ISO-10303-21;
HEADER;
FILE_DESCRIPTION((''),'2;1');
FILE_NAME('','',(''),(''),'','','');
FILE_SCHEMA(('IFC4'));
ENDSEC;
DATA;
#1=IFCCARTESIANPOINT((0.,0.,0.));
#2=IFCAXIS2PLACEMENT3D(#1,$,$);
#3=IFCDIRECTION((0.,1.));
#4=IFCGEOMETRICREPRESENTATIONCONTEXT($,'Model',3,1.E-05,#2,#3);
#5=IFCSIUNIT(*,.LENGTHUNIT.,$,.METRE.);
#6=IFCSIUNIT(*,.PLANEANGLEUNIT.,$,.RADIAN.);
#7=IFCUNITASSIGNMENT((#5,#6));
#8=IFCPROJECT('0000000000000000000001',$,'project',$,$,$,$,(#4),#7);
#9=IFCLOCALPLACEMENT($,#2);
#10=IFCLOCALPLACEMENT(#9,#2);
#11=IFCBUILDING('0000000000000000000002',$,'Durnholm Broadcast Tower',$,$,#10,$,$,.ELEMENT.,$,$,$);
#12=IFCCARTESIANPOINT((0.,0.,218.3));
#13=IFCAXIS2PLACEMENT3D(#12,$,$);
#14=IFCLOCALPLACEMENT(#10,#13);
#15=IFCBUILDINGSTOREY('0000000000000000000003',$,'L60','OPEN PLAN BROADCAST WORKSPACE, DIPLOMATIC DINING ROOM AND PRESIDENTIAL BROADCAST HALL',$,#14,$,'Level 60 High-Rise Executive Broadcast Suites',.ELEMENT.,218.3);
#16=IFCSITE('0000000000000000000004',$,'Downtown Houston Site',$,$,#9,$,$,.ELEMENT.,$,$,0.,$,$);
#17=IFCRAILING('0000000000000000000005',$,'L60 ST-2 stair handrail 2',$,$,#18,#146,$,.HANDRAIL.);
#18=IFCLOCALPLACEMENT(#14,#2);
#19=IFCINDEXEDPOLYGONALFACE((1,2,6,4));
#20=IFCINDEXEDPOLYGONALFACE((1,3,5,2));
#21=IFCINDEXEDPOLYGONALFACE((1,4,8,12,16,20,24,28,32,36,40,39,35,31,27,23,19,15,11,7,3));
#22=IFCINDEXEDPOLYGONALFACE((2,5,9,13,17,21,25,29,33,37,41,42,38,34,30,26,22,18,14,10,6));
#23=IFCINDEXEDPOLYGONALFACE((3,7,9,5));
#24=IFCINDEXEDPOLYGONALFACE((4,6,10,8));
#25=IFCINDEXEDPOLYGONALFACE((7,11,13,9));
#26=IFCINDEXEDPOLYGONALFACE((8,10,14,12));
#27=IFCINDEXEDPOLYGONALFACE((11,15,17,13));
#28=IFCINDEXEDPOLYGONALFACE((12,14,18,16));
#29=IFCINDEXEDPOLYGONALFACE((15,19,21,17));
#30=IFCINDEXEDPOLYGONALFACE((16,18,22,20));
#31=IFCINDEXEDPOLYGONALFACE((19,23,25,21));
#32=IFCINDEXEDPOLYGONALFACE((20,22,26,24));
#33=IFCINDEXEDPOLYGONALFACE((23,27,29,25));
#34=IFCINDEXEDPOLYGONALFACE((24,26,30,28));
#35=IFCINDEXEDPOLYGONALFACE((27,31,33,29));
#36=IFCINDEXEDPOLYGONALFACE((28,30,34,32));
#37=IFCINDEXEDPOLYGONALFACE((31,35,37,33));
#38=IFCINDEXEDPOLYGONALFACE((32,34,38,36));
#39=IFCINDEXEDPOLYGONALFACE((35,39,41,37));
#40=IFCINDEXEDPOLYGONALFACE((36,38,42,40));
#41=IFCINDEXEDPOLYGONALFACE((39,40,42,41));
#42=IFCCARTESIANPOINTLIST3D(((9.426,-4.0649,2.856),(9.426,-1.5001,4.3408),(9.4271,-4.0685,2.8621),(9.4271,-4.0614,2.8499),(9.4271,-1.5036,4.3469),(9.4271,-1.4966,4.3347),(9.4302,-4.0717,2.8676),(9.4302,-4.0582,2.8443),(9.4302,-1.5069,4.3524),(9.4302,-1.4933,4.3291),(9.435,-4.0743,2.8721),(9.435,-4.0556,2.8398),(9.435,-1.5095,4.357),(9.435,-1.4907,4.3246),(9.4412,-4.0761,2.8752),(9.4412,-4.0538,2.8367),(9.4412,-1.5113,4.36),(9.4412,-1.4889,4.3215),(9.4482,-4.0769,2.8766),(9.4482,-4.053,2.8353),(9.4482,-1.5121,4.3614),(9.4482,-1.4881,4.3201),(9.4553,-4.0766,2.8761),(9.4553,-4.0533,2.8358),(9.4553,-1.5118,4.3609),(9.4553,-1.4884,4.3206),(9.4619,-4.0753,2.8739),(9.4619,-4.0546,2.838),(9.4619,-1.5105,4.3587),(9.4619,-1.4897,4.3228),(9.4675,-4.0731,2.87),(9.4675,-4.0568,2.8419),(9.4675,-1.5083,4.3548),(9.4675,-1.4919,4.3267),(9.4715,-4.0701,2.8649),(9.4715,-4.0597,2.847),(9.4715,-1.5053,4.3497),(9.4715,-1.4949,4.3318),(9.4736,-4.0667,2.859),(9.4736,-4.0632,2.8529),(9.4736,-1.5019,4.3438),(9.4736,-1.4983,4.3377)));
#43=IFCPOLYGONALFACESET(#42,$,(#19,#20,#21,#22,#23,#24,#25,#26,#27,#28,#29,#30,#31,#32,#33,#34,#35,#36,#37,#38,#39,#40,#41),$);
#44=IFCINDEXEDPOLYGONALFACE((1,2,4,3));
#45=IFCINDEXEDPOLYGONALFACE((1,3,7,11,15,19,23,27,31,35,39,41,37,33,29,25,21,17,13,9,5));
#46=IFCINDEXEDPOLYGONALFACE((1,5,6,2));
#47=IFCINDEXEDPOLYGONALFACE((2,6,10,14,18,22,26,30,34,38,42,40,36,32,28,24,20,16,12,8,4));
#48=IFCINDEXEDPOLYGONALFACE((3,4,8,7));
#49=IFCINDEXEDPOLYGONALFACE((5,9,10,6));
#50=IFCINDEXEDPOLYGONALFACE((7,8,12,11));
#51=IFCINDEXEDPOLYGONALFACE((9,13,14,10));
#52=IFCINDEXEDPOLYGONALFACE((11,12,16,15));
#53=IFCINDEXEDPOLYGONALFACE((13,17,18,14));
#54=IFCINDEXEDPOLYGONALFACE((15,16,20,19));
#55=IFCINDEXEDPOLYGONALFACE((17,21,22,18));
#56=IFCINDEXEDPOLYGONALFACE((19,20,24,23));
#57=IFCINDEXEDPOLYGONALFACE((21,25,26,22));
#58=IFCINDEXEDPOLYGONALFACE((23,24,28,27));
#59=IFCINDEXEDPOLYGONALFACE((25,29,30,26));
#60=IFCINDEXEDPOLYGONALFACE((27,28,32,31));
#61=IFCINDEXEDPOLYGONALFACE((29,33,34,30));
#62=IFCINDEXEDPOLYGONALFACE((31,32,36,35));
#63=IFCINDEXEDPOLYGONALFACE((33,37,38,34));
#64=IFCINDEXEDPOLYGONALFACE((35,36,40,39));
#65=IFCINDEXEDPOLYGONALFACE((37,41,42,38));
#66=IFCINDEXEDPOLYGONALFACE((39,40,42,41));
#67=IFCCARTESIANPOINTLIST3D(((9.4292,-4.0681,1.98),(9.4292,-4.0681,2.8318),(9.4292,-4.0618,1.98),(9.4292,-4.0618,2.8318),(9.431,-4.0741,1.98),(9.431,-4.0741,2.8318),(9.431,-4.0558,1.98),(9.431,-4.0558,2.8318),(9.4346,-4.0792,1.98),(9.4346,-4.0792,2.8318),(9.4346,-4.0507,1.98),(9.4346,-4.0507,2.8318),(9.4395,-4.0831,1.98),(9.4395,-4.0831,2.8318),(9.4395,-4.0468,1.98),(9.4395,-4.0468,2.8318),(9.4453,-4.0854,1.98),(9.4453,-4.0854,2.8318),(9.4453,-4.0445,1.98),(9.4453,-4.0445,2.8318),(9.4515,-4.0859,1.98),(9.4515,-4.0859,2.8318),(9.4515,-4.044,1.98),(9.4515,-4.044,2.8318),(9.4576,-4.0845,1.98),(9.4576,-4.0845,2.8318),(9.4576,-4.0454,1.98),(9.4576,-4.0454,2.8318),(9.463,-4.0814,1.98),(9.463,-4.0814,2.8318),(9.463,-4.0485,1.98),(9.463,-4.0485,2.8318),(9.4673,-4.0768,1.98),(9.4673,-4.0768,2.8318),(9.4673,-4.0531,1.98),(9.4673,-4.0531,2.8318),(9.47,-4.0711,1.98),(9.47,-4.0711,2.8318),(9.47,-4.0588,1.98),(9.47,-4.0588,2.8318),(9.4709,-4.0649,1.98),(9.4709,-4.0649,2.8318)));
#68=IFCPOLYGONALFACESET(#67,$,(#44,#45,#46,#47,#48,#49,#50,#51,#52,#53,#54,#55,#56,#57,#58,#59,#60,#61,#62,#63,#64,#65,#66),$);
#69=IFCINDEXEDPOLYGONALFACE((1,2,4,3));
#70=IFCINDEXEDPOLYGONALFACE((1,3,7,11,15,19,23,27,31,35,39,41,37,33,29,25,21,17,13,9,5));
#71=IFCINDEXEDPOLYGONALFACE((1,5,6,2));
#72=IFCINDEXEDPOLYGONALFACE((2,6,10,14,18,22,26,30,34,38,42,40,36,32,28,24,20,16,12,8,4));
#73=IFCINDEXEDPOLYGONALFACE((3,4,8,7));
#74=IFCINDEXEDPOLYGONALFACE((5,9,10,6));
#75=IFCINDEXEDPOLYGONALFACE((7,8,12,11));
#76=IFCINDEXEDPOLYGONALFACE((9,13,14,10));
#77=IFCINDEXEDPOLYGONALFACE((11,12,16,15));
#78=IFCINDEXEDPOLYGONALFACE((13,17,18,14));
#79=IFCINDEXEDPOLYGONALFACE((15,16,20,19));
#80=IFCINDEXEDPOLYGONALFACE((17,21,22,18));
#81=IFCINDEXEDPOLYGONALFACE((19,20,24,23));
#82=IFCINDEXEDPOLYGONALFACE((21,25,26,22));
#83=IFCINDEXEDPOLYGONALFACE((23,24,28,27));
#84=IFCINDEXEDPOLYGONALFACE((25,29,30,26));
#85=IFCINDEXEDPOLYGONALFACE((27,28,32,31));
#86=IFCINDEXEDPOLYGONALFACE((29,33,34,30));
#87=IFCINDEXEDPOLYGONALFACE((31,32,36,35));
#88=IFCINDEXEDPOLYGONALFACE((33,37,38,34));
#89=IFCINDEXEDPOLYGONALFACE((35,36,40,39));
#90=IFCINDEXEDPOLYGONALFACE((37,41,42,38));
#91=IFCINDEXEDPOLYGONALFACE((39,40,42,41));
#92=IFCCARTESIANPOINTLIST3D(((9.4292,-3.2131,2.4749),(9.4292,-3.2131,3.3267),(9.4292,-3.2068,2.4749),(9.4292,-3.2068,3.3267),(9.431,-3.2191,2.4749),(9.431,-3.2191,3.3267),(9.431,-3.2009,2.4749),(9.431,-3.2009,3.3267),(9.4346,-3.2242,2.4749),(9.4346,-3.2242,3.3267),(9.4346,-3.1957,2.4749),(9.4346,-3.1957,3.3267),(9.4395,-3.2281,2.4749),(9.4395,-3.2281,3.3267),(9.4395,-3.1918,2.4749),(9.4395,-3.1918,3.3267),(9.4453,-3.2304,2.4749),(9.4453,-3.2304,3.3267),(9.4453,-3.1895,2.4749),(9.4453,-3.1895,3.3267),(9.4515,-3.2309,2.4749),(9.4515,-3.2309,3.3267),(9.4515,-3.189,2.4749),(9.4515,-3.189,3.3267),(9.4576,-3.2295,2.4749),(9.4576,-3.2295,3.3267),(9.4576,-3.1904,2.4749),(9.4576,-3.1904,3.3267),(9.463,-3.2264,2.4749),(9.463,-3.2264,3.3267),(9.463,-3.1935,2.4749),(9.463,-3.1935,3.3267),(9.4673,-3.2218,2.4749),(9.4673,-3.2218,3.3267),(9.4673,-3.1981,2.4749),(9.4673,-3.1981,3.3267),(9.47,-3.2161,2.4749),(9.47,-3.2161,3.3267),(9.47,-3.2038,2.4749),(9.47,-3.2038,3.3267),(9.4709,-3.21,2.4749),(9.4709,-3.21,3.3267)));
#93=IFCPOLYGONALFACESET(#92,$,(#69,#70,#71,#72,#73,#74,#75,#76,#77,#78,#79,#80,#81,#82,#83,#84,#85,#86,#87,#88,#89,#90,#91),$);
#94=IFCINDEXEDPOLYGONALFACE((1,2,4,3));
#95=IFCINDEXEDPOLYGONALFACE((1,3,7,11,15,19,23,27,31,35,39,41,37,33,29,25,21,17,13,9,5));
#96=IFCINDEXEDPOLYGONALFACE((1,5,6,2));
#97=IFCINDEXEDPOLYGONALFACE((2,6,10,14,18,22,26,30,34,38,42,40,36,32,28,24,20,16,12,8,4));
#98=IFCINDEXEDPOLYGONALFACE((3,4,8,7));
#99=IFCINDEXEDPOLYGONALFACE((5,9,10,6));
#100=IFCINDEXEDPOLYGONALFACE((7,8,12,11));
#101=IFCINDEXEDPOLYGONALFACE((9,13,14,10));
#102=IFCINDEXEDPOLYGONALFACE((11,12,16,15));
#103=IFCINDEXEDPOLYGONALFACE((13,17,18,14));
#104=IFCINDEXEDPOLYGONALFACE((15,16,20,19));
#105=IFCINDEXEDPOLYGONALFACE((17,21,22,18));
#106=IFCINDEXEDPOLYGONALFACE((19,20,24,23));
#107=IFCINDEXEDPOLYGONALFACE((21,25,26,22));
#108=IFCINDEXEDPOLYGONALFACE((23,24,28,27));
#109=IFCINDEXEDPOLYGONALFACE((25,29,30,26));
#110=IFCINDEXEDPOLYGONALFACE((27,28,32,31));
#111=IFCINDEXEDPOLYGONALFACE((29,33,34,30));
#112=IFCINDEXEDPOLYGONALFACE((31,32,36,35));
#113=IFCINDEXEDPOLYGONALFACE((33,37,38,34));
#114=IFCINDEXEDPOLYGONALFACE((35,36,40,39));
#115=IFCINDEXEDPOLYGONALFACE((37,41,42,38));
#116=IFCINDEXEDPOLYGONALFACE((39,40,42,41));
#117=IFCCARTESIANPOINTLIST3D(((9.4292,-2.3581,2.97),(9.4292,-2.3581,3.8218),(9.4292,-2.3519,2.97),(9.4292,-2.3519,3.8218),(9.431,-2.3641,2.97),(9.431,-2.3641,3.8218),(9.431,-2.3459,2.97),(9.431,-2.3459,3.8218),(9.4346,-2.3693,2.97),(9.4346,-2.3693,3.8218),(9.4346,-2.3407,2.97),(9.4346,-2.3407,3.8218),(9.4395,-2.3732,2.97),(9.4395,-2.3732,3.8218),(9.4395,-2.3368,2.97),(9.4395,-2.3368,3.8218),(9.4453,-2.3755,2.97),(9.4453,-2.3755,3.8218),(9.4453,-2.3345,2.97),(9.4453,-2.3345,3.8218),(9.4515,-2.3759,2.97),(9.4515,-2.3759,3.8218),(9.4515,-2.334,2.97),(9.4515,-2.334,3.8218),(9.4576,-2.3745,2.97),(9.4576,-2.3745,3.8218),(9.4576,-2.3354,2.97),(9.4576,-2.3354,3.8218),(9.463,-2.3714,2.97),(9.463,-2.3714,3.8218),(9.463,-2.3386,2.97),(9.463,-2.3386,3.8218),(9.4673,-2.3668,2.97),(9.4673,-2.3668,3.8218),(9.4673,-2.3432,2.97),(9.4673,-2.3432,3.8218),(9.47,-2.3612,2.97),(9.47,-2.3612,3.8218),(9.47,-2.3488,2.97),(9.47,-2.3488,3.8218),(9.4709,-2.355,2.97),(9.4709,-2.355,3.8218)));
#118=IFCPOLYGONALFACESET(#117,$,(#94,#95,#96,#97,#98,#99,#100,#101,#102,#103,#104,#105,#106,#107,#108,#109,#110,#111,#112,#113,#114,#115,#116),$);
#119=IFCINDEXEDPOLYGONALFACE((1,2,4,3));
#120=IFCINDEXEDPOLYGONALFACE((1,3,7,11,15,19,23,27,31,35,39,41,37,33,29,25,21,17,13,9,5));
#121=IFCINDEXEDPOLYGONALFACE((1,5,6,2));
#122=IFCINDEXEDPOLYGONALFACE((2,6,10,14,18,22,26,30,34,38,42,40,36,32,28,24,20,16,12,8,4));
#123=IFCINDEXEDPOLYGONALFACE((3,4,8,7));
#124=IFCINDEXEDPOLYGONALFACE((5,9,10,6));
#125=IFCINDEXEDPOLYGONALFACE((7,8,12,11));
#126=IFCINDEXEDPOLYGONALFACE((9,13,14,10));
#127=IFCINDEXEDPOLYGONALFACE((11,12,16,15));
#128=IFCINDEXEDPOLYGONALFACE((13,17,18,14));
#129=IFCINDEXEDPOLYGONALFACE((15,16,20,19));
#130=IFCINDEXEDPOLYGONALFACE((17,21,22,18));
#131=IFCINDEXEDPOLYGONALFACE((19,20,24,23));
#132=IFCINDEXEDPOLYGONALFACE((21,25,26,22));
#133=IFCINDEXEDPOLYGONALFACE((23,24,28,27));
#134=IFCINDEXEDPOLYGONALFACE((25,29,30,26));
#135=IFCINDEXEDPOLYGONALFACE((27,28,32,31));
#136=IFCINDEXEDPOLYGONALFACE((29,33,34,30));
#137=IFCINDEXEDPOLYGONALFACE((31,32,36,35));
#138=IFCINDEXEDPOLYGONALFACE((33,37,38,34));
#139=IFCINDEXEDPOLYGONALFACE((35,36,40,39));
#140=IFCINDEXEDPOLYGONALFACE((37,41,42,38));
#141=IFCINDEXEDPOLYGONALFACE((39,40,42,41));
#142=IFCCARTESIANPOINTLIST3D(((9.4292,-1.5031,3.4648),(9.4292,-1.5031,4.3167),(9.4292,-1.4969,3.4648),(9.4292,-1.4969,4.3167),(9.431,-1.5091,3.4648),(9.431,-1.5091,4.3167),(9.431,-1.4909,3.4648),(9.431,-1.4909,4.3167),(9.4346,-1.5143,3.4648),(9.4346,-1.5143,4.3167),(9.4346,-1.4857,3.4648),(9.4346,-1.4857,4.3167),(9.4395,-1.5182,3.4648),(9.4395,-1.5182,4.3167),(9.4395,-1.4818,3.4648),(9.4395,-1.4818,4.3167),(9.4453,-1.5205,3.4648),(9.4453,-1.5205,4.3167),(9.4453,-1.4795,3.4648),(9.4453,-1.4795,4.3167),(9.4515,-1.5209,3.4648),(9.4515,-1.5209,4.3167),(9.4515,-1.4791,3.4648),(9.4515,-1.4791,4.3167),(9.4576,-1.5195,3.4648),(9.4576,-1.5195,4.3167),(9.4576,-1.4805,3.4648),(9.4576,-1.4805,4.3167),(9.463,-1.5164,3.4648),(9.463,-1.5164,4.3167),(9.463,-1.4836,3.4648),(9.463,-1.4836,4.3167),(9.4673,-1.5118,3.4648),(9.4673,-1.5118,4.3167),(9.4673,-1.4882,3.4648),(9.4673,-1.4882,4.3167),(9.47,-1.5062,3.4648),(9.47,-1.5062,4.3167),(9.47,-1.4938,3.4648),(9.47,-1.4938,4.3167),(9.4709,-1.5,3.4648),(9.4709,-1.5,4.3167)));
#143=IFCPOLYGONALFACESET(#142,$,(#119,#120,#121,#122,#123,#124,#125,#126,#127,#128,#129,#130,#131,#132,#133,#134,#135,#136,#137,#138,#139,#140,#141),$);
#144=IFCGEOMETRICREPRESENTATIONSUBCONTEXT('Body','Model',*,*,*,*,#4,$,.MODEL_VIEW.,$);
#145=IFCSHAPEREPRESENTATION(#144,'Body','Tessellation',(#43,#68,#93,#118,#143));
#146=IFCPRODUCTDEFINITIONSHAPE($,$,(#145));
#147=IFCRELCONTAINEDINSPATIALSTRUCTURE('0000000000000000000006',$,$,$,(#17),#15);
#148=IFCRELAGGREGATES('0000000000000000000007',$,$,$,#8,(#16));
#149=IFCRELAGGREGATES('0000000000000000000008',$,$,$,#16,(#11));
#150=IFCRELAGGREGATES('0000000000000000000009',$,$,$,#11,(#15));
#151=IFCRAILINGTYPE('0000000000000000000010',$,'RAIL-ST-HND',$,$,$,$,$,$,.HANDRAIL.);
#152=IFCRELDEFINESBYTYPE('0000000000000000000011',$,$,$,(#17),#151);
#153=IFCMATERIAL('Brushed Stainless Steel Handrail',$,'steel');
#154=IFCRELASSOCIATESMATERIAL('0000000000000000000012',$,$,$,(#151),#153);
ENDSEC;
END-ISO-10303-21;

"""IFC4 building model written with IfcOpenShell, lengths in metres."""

from ifc_helpers import new_model, si_unit, direction, frame, origin, origin_2d, place, context, subcontext, project, spatial, circle, extrude, material, type_object, element, save


model = new_model("IFC4")

# Units and contexts
model_context = context("Model", 3, precision=1e-05, world=origin(), true_north=direction((0.0, 1.0)))
body_context = subcontext(model_context, "Body", "Model", "MODEL_VIEW")
ifc_project = project(units=[si_unit("LENGTHUNIT", "METRE"), si_unit("PLANEANGLEUNIT", "RADIAN")], contexts=[model_context])

# Site, building, storey
site_placement = place(None, origin())
site = spatial("IfcSite", under=ifc_project, at=site_placement, Name="Downtown Houston Site", CompositionType="ELEMENT", RefElevation=0.0)
building_placement = place(site_placement, origin())
building = spatial("IfcBuilding", under=site, at=building_placement, Name="Durnholm Broadcast Tower", CompositionType="ELEMENT")
storey_placement = place(building_placement, frame((0.0, 0.0, 218.3)))
storey = spatial("IfcBuildingStorey", under=building, at=storey_placement, Name="L60", Description="OPEN PLAN BROADCAST WORKSPACE, DIPLOMATIC DINING ROOM AND PRESIDENTIAL BROADCAST HALL", LongName="Level 60 High-Rise Executive Broadcast Suites", CompositionType="ELEMENT", Elevation=218.3)

# Railing
ifc_material_1 = material(Name="Brushed Stainless Steel Handrail", Category="steel")
railing_type_1 = type_object("IfcRailingType", Name="RAIL-ST-HND", PredefinedType="HANDRAIL", material=ifc_material_1)
railing_1_placement = place(storey_placement, frame((9.45, -4.0649, 1.98)))
element("IfcRailing", 1, at=railing_1_placement, inside=storey, type_object=railing_type_1, Name="L60 ST-2 stair handrail 2", PredefinedType="HANDRAIL", context=body_context, shape_type="SweptSolid", body=[
    extrude(circle(Radius=0.0239, at=origin_2d()), frame((0.0, 0.0, 0.876), z_axis=(0.0, 0.865441, 0.50101), x_axis=(-1.0, 0.0, 0.0)), (0.0, 0.0, 1.0), 2.9636),
    extrude(circle(Radius=0.021, at=origin_2d()), origin(), (0.0, 0.0, 1.0), 0.8518),
    extrude(circle(Radius=0.021, at=origin_2d()), frame((0.0, 0.855, 0.4949)), (0.0, 0.0, 1.0), 0.8518),
    extrude(circle(Radius=0.021, at=origin_2d()), frame((0.0, 1.71, 0.99)), (0.0, 0.0, 1.0), 0.8518),
    extrude(circle(Radius=0.021, at=origin_2d()), frame((0.0, 2.5649, 1.4849)), (0.0, 0.0, 1.0), 0.8518),
])

save(model, "model.ifc")
